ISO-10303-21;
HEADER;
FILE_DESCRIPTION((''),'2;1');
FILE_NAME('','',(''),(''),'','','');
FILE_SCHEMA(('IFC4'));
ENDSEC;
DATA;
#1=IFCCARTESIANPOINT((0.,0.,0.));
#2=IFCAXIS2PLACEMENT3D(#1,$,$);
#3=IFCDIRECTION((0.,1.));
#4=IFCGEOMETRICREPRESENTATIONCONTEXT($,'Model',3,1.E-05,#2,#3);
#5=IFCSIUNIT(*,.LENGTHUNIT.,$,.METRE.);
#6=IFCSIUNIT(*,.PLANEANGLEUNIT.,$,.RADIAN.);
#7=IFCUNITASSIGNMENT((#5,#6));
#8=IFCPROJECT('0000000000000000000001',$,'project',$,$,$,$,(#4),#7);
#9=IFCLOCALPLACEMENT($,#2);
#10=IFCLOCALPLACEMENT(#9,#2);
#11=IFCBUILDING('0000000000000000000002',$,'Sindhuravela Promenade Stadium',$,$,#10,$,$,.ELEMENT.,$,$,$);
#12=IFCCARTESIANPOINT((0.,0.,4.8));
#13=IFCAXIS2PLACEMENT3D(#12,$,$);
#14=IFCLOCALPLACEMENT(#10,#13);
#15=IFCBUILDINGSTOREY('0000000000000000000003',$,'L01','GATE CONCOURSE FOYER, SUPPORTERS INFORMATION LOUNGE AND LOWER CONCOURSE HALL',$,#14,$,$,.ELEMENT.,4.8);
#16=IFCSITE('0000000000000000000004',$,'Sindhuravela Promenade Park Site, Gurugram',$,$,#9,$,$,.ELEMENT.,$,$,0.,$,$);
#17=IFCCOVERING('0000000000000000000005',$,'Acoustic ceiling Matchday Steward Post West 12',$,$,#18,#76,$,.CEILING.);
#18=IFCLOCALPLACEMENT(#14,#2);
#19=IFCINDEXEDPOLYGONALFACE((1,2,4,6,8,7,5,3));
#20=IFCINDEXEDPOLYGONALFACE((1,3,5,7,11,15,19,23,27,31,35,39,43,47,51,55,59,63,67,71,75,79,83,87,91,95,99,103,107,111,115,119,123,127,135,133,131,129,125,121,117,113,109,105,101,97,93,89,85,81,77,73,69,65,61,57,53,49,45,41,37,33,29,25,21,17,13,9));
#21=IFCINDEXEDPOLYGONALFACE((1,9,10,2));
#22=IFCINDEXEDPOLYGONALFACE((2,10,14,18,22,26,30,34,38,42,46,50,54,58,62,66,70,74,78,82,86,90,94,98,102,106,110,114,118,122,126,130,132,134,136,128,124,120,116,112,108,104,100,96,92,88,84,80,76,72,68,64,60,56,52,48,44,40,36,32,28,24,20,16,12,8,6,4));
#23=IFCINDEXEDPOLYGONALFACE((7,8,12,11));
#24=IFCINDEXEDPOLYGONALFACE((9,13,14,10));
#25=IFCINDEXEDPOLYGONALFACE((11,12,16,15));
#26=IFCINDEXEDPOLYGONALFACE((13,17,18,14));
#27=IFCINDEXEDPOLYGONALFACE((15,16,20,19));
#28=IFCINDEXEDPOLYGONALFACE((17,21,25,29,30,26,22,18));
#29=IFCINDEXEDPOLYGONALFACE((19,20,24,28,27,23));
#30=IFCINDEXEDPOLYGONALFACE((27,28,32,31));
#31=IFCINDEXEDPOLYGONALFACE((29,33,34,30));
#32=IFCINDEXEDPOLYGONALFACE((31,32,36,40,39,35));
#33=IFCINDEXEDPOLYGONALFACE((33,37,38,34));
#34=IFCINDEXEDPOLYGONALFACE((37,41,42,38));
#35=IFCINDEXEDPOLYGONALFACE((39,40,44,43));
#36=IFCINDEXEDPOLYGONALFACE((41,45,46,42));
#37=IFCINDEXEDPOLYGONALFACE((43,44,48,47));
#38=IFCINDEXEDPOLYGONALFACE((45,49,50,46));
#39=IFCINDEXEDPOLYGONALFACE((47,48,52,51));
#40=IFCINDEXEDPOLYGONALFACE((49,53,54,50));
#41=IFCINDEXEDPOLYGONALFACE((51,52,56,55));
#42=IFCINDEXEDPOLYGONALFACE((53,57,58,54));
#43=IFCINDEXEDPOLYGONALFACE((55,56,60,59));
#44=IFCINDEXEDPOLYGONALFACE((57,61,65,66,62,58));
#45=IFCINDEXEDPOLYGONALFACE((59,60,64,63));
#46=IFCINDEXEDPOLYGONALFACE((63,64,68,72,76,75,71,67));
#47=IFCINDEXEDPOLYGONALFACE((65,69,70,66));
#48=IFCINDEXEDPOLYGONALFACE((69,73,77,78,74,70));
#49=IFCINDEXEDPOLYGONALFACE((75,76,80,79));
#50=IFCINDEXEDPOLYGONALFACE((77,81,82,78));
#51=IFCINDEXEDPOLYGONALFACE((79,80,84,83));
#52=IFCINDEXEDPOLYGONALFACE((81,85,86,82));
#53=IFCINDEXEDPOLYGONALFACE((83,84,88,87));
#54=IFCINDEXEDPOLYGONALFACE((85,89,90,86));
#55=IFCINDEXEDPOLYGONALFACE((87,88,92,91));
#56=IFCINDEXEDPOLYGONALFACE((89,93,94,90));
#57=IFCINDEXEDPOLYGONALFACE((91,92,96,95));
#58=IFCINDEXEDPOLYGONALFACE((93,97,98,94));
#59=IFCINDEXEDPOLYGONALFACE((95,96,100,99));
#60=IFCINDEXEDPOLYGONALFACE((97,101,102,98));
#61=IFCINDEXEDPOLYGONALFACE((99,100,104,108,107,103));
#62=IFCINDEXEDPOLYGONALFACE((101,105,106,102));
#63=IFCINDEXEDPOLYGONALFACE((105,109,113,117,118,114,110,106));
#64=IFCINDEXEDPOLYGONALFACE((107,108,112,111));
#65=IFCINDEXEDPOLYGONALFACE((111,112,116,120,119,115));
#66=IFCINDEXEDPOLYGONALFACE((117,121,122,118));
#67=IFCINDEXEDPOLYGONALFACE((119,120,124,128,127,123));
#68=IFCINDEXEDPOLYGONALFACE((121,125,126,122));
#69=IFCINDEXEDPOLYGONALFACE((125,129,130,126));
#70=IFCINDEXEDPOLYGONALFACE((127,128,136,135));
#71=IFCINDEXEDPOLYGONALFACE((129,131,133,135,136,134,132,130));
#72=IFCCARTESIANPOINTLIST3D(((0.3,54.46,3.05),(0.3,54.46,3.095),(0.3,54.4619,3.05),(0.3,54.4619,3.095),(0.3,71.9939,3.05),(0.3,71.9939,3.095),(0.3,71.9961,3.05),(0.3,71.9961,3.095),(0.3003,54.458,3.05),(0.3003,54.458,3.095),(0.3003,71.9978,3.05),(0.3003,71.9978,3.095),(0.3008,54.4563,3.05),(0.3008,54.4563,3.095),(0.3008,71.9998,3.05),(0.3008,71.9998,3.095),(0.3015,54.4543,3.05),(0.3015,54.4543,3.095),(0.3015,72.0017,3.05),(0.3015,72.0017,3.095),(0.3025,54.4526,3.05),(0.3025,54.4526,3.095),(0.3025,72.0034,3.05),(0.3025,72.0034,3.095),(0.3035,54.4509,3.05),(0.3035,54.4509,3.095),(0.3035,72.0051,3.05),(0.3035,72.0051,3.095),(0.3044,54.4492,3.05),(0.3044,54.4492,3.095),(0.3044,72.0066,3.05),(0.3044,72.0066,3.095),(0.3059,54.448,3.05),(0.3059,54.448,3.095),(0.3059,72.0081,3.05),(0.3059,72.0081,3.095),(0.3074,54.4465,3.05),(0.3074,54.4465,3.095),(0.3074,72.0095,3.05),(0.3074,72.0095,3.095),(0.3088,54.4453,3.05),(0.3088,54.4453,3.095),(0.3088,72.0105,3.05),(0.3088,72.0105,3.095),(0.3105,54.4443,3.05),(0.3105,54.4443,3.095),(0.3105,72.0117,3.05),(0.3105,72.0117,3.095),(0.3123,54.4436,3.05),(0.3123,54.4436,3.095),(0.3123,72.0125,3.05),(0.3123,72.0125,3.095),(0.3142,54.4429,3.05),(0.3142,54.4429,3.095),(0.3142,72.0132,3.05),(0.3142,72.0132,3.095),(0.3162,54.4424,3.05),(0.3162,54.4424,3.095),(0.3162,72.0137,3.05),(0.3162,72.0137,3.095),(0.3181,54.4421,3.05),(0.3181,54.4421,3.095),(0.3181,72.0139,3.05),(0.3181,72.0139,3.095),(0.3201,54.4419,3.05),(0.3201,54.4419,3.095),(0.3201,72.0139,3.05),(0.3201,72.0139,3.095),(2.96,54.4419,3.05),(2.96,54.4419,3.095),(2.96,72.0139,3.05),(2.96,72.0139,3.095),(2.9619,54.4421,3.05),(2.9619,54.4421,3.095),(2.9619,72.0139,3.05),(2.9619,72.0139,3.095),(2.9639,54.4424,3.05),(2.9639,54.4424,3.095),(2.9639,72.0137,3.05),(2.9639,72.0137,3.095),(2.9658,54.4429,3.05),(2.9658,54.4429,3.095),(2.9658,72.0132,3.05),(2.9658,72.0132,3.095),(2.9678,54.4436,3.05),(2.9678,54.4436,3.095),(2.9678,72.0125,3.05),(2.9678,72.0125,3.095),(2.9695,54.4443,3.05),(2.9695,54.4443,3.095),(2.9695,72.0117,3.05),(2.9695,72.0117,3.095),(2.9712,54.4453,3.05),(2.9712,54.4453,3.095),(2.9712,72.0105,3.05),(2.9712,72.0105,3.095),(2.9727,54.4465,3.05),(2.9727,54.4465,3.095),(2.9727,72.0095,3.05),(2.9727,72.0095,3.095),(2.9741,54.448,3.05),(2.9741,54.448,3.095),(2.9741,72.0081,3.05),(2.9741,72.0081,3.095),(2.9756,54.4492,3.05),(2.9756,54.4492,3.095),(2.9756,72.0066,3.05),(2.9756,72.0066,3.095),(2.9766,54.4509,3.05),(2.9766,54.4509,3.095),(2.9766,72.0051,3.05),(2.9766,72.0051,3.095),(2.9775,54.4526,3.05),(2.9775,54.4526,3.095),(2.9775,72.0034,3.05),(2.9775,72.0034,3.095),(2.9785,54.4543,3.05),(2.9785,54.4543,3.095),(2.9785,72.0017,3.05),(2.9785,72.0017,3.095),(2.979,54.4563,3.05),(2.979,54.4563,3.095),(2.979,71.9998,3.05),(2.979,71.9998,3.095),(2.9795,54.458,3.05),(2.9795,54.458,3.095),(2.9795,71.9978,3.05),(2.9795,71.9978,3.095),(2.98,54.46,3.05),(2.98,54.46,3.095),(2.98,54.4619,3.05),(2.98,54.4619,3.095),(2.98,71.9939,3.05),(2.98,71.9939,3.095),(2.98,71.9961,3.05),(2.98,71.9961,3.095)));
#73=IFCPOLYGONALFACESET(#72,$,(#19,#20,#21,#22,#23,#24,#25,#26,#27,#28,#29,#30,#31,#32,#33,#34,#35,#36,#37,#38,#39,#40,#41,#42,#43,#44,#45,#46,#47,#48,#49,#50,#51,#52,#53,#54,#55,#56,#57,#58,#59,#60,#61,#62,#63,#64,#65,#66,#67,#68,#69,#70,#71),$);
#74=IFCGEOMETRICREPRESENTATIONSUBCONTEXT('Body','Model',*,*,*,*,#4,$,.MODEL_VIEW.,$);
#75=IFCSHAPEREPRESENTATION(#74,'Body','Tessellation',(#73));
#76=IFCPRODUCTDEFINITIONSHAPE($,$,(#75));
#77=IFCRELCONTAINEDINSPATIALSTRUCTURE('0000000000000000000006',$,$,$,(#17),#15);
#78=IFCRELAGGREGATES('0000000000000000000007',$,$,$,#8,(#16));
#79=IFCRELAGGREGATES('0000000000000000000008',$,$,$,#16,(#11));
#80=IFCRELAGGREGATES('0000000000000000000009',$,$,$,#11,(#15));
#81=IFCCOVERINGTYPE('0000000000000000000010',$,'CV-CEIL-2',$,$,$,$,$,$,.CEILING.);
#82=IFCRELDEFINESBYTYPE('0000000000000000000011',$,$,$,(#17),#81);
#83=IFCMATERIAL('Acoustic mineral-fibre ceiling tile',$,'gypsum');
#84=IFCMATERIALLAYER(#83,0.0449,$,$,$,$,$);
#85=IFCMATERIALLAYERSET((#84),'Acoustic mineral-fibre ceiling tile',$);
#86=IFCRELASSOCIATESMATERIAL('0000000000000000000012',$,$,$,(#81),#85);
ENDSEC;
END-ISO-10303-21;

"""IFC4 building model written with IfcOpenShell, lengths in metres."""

from ifc_helpers import new_model, si_unit, direction, frame, origin, place, context, subcontext, project, spatial, polyline, outline, extrude, material, layer, layer_set, type_object, element, save


model = new_model("IFC4")

# Units and contexts
model_context = context("Model", 3, precision=1e-05, world=origin(), true_north=direction((0.0, 1.0)))
body_context = subcontext(model_context, "Body", "Model", "MODEL_VIEW")
ifc_project = project(units=[si_unit("LENGTHUNIT", "METRE"), si_unit("PLANEANGLEUNIT", "RADIAN")], contexts=[model_context])

# Site, building, storey
site_placement = place(None, origin())
site = spatial("IfcSite", under=ifc_project, at=site_placement, Name="Sindhuravela Promenade Park Site, Gurugram", CompositionType="ELEMENT", RefElevation=0.0)
building_placement = place(site_placement, origin())
building = spatial("IfcBuilding", under=site, at=building_placement, Name="Sindhuravela Promenade Stadium", CompositionType="ELEMENT")
storey_placement = place(building_placement, frame((0.0, 0.0, 4.8)))
storey = spatial("IfcBuildingStorey", under=building, at=storey_placement, Name="L01", Description="GATE CONCOURSE FOYER, SUPPORTERS INFORMATION LOUNGE AND LOWER CONCOURSE HALL", CompositionType="ELEMENT", Elevation=4.8)

# Covering
ifc_material_1 = material(Name="Acoustic mineral-fibre ceiling tile", Category="gypsum")
ifc_layer_1 = layer(ifc_material_1, 0.0449)
ifc_layer_set_1 = layer_set([ifc_layer_1], Name="Acoustic mineral-fibre ceiling tile")
covering_type_1 = type_object("IfcCoveringType", Name="CV-CEIL-2", PredefinedType="CEILING", material=ifc_layer_set_1)
covering_1_placement = place(storey_placement, frame((0.0, 0.0, 3.05)))
element("IfcCovering", 1, at=covering_1_placement, inside=storey, type_object=covering_type_1, Name="Acoustic ceiling Matchday Steward Post West 12", PredefinedType="CEILING", context=body_context, shape_type="SweptSolid", body=[
    extrude(outline(polyline([(0.3, 71.9939), (0.3, 71.9961), (0.3003, 71.9978), (0.3008, 71.9998), (0.3015, 72.0017), (0.3025, 72.0034), (0.3035, 72.0051), (0.3044, 72.0066), (0.3059, 72.0081), (0.3074, 72.0095), (0.3088, 72.0105), (0.3105, 72.0117), (0.3123, 72.0125), (0.3142, 72.0132), (0.3162, 72.0137), (0.3181, 72.0139), (0.3201, 72.0139), (2.96, 72.0139), (2.9619, 72.0139), (2.9639, 72.0137), (2.9658, 72.0132), (2.9678, 72.0125), (2.9695, 72.0117), (2.9712, 72.0105), (2.9727, 72.0095), (2.9741, 72.0081), (2.9756, 72.0066), (2.9766, 72.0051), (2.9775, 72.0034), (2.9785, 72.0017), (2.979, 71.9998), (2.9795, 71.9978), (2.98, 71.9961), (2.98, 71.9939), (2.98, 54.4619), (2.98, 54.46), (2.9795, 54.458), (2.979, 54.4563), (2.9785, 54.4543), (2.9775, 54.4526), (2.9766, 54.4509), (2.9756, 54.4492), (2.9741, 54.448), (2.9727, 54.4465), (2.9712, 54.4453), (2.9695, 54.4443), (2.9678, 54.4436), (2.9658, 54.4429), (2.9639, 54.4424), (2.9619, 54.4421), (2.96, 54.4419), (0.3201, 54.4419), (0.3181, 54.4421), (0.3162, 54.4424), (0.3142, 54.4429), (0.3123, 54.4436), (0.3105, 54.4443), (0.3088, 54.4453), (0.3074, 54.4465), (0.3059, 54.448), (0.3044, 54.4492), (0.3035, 54.4509), (0.3025, 54.4526), (0.3015, 54.4543), (0.3008, 54.4563), (0.3003, 54.458), (0.3, 54.46), (0.3, 54.4619), (0.3, 71.9939)])), origin(), (0.0, 0.0, 1.0), 0.0449),
])

save(model, "model.ifc")
